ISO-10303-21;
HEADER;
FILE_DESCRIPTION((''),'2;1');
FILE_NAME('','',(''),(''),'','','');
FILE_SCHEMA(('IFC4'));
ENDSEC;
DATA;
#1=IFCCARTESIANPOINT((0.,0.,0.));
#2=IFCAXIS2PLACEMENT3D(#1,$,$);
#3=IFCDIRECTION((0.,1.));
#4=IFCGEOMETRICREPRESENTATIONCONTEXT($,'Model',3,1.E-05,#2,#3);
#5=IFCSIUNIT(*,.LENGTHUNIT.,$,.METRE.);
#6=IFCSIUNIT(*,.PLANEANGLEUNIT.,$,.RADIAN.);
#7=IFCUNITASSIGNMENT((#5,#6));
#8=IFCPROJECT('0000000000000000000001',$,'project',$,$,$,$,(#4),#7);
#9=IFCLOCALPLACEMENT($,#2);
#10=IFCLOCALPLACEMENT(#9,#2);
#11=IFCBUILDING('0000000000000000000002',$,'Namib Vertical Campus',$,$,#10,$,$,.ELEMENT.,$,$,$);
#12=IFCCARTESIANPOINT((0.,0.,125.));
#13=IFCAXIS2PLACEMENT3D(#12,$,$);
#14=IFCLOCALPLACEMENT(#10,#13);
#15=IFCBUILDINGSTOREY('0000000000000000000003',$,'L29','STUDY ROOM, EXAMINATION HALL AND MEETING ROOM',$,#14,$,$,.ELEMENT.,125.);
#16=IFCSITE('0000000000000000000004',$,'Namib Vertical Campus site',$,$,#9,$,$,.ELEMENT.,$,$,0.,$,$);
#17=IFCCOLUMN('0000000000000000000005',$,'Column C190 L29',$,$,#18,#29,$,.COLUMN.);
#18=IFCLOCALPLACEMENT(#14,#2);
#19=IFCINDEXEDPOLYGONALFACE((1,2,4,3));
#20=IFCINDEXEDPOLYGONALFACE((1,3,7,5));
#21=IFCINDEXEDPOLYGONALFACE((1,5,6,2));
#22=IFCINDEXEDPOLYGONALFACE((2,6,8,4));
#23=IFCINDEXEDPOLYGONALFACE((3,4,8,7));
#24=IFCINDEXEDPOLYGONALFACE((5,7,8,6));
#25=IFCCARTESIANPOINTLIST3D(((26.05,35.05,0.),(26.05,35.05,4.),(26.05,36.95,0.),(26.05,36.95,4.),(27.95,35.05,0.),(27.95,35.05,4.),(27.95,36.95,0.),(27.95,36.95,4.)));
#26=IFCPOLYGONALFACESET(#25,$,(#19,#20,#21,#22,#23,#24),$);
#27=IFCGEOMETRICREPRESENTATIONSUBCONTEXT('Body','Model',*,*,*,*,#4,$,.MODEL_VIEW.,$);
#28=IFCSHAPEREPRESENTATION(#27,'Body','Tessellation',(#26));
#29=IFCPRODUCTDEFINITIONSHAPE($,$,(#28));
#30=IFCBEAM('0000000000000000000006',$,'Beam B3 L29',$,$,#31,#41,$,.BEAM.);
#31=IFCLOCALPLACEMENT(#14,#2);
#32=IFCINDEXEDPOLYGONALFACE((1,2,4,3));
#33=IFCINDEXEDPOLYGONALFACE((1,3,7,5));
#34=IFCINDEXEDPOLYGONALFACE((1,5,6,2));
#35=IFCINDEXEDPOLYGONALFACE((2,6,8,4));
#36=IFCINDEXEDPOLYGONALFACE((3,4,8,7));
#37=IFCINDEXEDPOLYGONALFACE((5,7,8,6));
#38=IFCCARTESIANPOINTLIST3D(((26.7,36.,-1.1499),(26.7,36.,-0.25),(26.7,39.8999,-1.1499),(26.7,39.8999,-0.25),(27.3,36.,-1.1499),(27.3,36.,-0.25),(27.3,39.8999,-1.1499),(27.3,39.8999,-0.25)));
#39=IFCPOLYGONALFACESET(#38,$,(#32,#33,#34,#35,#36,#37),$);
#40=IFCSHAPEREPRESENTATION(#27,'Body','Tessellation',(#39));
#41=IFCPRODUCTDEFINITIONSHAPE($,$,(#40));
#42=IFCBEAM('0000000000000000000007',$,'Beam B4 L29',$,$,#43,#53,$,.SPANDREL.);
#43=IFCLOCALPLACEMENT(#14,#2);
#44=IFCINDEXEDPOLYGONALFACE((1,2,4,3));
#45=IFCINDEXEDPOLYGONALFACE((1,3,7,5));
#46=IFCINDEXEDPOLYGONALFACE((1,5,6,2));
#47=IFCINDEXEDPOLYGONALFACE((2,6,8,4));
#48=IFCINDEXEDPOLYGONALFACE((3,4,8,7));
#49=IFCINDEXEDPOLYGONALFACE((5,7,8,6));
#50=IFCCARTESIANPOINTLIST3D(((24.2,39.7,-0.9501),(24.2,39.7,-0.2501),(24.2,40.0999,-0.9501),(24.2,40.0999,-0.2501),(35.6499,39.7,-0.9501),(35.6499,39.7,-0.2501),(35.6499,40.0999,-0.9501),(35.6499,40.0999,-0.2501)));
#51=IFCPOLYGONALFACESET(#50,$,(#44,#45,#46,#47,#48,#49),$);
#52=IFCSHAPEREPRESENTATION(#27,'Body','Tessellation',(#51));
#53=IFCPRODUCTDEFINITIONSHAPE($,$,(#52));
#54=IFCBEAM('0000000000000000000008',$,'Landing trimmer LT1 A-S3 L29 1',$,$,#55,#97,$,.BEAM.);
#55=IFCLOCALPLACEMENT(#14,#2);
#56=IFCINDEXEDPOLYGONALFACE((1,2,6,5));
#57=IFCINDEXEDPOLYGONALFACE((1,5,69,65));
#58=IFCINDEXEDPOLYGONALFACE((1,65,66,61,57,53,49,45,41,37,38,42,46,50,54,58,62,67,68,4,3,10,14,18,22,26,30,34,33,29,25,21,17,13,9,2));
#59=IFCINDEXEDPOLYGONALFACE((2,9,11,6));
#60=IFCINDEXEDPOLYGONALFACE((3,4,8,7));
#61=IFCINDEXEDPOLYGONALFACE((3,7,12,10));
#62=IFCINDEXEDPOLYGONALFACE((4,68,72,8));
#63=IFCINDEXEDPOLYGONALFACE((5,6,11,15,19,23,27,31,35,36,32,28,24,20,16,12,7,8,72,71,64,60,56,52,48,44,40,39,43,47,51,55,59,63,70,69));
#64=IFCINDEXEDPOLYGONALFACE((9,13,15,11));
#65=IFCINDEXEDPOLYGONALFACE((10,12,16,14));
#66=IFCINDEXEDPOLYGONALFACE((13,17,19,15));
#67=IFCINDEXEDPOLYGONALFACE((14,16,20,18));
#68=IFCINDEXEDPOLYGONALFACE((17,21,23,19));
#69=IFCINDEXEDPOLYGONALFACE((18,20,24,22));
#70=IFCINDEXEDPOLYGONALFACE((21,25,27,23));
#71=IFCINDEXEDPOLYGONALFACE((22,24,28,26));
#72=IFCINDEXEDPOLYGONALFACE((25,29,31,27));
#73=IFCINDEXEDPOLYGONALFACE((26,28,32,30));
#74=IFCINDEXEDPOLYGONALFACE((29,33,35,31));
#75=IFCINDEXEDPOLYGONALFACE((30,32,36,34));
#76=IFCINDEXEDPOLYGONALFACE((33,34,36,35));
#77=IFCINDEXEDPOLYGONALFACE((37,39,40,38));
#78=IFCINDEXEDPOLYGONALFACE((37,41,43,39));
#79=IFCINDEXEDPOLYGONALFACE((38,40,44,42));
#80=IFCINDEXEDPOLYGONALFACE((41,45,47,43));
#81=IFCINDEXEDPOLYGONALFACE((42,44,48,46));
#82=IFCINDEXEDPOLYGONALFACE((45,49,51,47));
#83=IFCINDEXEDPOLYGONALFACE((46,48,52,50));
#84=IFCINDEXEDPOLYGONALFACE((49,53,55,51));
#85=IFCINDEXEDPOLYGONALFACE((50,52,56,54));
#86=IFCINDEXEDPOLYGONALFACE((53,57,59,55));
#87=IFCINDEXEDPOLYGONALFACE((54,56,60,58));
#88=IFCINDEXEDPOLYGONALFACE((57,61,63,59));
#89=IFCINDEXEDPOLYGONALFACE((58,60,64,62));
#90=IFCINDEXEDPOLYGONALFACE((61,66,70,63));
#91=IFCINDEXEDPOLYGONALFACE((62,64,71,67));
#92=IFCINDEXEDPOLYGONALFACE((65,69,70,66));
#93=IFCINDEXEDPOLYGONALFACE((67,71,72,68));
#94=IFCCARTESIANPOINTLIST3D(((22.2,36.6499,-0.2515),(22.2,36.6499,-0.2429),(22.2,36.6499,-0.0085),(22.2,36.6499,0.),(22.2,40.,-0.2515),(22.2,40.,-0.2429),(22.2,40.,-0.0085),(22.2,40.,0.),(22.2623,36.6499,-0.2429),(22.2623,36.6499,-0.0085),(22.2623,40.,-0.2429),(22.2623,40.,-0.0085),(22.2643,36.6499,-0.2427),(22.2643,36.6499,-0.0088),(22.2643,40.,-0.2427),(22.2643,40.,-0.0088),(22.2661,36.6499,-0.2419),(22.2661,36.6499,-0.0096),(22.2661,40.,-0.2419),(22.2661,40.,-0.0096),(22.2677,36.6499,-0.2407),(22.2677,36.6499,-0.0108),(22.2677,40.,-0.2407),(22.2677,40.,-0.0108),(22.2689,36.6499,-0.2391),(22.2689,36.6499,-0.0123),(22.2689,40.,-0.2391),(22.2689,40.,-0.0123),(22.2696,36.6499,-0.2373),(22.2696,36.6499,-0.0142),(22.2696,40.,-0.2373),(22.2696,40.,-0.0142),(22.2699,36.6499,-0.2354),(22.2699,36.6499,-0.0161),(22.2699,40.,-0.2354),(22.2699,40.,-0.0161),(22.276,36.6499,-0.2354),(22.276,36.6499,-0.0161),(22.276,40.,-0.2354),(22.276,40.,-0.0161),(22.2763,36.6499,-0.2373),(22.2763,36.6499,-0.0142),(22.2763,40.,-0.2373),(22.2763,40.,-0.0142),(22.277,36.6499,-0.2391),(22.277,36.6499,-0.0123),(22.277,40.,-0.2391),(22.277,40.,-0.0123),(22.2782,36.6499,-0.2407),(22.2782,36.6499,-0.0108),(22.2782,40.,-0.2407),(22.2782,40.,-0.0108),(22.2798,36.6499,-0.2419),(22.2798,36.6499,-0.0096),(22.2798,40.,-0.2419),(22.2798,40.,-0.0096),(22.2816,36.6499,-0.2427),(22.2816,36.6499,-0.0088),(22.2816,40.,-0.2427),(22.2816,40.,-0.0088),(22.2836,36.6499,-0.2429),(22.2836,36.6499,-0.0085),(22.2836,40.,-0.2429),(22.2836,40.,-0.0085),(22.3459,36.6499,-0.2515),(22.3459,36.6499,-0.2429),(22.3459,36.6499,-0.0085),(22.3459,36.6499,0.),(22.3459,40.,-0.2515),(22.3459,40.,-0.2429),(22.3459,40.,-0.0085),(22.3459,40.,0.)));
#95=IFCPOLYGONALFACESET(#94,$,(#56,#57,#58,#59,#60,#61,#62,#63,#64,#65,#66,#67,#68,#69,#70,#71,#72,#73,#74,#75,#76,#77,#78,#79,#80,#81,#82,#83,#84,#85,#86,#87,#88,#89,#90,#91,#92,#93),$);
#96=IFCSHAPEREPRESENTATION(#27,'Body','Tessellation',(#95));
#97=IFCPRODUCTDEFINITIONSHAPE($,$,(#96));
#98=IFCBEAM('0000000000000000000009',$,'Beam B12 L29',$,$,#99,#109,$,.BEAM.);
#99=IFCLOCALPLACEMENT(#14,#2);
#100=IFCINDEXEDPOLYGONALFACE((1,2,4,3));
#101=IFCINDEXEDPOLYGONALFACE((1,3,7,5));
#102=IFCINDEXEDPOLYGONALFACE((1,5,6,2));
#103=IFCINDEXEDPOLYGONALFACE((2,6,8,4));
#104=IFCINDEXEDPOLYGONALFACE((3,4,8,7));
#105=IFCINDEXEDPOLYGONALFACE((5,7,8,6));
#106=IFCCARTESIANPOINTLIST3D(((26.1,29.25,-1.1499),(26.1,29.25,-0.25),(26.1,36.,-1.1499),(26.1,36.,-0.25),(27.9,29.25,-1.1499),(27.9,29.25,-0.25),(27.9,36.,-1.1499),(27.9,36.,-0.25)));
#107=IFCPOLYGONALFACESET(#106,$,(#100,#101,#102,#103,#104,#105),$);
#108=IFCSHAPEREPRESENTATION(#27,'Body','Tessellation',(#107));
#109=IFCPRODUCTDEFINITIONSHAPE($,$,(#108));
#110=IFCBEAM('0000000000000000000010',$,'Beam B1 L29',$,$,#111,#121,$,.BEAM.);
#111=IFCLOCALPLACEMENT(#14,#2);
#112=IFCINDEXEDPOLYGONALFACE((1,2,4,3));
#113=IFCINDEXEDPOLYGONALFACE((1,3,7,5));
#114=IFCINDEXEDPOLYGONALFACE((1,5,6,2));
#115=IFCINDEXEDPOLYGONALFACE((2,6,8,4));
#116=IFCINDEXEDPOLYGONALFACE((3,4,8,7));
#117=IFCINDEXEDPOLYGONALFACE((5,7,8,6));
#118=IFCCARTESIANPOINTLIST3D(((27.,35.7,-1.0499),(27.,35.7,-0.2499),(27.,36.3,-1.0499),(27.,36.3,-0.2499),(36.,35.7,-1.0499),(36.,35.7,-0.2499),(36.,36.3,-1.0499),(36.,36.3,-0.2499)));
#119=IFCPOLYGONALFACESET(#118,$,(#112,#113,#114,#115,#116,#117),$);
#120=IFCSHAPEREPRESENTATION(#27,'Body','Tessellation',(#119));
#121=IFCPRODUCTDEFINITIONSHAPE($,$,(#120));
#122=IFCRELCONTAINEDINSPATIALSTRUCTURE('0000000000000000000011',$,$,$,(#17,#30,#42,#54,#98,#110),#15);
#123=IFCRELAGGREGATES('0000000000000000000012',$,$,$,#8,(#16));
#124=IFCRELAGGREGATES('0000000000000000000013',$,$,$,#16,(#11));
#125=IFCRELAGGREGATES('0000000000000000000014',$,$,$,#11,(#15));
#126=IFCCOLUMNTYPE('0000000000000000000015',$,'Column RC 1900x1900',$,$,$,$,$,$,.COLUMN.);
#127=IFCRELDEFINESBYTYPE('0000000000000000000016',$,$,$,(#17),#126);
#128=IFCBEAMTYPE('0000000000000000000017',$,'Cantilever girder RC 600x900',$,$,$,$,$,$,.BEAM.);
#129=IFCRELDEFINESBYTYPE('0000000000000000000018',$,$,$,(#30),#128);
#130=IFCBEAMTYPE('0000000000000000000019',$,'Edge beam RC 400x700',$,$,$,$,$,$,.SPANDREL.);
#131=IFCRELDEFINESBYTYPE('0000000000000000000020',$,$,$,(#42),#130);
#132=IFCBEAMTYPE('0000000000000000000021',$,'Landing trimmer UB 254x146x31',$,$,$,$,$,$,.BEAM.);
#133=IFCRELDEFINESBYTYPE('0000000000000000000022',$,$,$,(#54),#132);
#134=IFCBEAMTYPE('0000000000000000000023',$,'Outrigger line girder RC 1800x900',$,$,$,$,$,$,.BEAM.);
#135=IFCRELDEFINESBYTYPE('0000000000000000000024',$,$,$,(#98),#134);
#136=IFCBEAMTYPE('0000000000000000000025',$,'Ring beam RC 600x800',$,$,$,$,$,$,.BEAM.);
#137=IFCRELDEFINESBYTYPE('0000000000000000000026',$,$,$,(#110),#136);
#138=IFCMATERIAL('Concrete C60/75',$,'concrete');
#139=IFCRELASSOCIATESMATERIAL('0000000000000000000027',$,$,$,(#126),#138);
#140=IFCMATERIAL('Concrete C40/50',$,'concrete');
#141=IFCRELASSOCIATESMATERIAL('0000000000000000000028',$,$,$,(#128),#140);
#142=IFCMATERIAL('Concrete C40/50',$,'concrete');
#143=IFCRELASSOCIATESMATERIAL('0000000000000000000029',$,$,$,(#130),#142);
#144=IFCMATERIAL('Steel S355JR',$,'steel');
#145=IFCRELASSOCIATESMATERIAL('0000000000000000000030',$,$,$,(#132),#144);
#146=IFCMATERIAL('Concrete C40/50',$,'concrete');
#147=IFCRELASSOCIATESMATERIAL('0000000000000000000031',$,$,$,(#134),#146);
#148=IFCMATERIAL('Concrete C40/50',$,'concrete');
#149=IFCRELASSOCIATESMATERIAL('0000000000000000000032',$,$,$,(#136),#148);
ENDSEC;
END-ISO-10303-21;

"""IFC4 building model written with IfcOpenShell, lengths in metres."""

from ifc_helpers import new_model, si_unit, direction, frame, origin, origin_2d, place, context, subcontext, project, spatial, rectangle, i_section, extrude, material, material_profile, profile_set, type_object, element, save


model = new_model("IFC4")

# Units and contexts
model_context = context("Model", 3, precision=1e-05, world=origin(), true_north=direction((0.0, 1.0)))
body_context = subcontext(model_context, "Body", "Model", "MODEL_VIEW")
ifc_project = project(units=[si_unit("LENGTHUNIT", "METRE"), si_unit("PLANEANGLEUNIT", "RADIAN")], contexts=[model_context])

# Site, building, storey
site_placement = place(None, origin())
site = spatial("IfcSite", under=ifc_project, at=site_placement, Name="Namib Vertical Campus site", CompositionType="ELEMENT", RefElevation=0.0)
building_placement = place(site_placement, origin())
building = spatial("IfcBuilding", under=site, at=building_placement, Name="Namib Vertical Campus", CompositionType="ELEMENT")
storey_placement = place(building_placement, frame((0.0, 0.0, 125.0)))
storey = spatial("IfcBuildingStorey", under=building, at=storey_placement, Name="L29", Description="STUDY ROOM, EXAMINATION HALL AND MEETING ROOM", CompositionType="ELEMENT", Elevation=125.0)

# Column
ifc_material_1 = material(Name="Concrete C60/75", Category="concrete")
ifc_material_profile_1 = material_profile(ifc_material_1, rectangle(XDim=1.8999, YDim=1.8999, at=origin_2d()))
ifc_profile_set_1 = profile_set([ifc_material_profile_1], Name="Concrete C60/75")
column_type = type_object("IfcColumnType", Name="Column RC 1900x1900", PredefinedType="COLUMN", material=ifc_profile_set_1)
column_placement = place(storey_placement, frame((27.0, 36.0, 0.0), z_axis=(0.0, 0.0, 1.0), x_axis=(1.0, 0.0, 0.0)))
element("IfcColumn", 1, at=column_placement, inside=storey, type_object=column_type, Name="Column C190 L29", PredefinedType="COLUMN", context=body_context, shape_type="SweptSolid", body=[
    extrude(rectangle(XDim=1.8999, YDim=1.8999, at=origin_2d()), origin(), (0.0, 0.0, 1.0), 4.0),
])

# Beams
ifc_material_2 = material(Name="Concrete C40/50", Category="concrete")
ifc_material_profile_2 = material_profile(ifc_material_2, rectangle(XDim=0.6001, YDim=0.8999, at=origin_2d()))
ifc_profile_set_2 = profile_set([ifc_material_profile_2], Name="Concrete C40/50")
beam_type_1 = type_object("IfcBeamType", Name="Cantilever girder RC 600x900", PredefinedType="BEAM", material=ifc_profile_set_2)
beam_1_placement = place(storey_placement, frame((27.0, 36.0, -0.7), z_axis=(0.0, 1.0, 0.0), x_axis=(-1.0, 0.0, 0.0)))
element("IfcBeam", 2, at=beam_1_placement, inside=storey, type_object=beam_type_1, Name="Beam B3 L29", PredefinedType="BEAM", context=body_context, shape_type="SweptSolid", body=[
    extrude(rectangle(XDim=0.6001, YDim=0.8999, at=origin_2d()), origin(), (0.0, 0.0, 1.0), 3.8999),
])
ifc_material_3 = material(Name="Concrete C40/50", Category="concrete")
ifc_material_profile_3 = material_profile(ifc_material_3, rectangle(XDim=0.3999, YDim=0.7, at=origin_2d()))
ifc_profile_set_3 = profile_set([ifc_material_profile_3], Name="Concrete C40/50")
beam_type_2 = type_object("IfcBeamType", Name="Edge beam RC 400x700", PredefinedType="SPANDREL", material=ifc_profile_set_3)
beam_2_placement = place(storey_placement, frame((24.2, 39.8999, -0.6001), z_axis=(1.0, 0.0, 0.0), x_axis=(0.0, 1.0, 0.0)))
element("IfcBeam", 3, at=beam_2_placement, inside=storey, type_object=beam_type_2, Name="Beam B4 L29", PredefinedType="SPANDREL", context=body_context, shape_type="SweptSolid", body=[
    extrude(rectangle(XDim=0.3999, YDim=0.7, at=origin_2d()), origin(), (0.0, 0.0, 1.0), 11.45),
])
ifc_material_4 = material(Name="Steel S355JR", Category="steel")
ifc_material_profile_4 = material_profile(ifc_material_4, i_section(OverallWidth=0.146, OverallDepth=0.2515, WebThickness=0.0061, FlangeThickness=0.0085, FilletRadius=0.0076, at=origin_2d()))
ifc_profile_set_4 = profile_set([ifc_material_profile_4], Name="Steel S355JR")
beam_type_3 = type_object("IfcBeamType", Name="Landing trimmer UB 254x146x31", PredefinedType="BEAM", material=ifc_profile_set_4)
beam_3_placement = place(storey_placement, frame((22.2729, 36.6499, -0.1257), z_axis=(0.0, 1.0, 0.0), x_axis=(-1.0, 0.0, 0.0)))
element("IfcBeam", 4, at=beam_3_placement, inside=storey, type_object=beam_type_3, Name="Landing trimmer LT1 A-S3 L29 1", PredefinedType="BEAM", context=body_context, shape_type="SweptSolid", body=[
    extrude(i_section(OverallWidth=0.146, OverallDepth=0.2515, WebThickness=0.0061, FlangeThickness=0.0085, FilletRadius=0.0076, at=origin_2d()), origin(), (0.0, 0.0, 1.0), 3.3501),
])
ifc_material_5 = material(Name="Concrete C40/50", Category="concrete")
ifc_material_profile_5 = material_profile(ifc_material_5, rectangle(XDim=1.8, YDim=0.8999, at=origin_2d()))
ifc_profile_set_5 = profile_set([ifc_material_profile_5], Name="Concrete C40/50")
beam_type_4 = type_object("IfcBeamType", Name="Outrigger line girder RC 1800x900", PredefinedType="BEAM", material=ifc_profile_set_5)
beam_4_placement = place(storey_placement, frame((27.0, 36.0, -0.7), z_axis=(0.0, -1.0, 0.0), x_axis=(1.0, 0.0, 0.0)))
element("IfcBeam", 5, at=beam_4_placement, inside=storey, type_object=beam_type_4, Name="Beam B12 L29", PredefinedType="BEAM", context=body_context, shape_type="SweptSolid", body=[
    extrude(rectangle(XDim=1.8, YDim=0.8999, at=origin_2d()), origin(), (0.0, 0.0, 1.0), 6.75),
])
ifc_material_6 = material(Name="Concrete C40/50", Category="concrete")
ifc_material_profile_6 = material_profile(ifc_material_6, rectangle(XDim=0.6001, YDim=0.8, at=origin_2d()))
ifc_profile_set_6 = profile_set([ifc_material_profile_6], Name="Concrete C40/50")
beam_type_5 = type_object("IfcBeamType", Name="Ring beam RC 600x800", PredefinedType="BEAM", material=ifc_profile_set_6)
beam_5_placement = place(storey_placement, frame((27.0, 36.0, -0.6499), z_axis=(1.0, 0.0, 0.0), x_axis=(0.0, 1.0, 0.0)))
element("IfcBeam", 6, at=beam_5_placement, inside=storey, type_object=beam_type_5, Name="Beam B1 L29", PredefinedType="BEAM", context=body_context, shape_type="SweptSolid", body=[
    extrude(rectangle(XDim=0.6001, YDim=0.8, at=origin_2d()), origin(), (0.0, 0.0, 1.0), 9.0),
])

save(model, "model.ifc")
